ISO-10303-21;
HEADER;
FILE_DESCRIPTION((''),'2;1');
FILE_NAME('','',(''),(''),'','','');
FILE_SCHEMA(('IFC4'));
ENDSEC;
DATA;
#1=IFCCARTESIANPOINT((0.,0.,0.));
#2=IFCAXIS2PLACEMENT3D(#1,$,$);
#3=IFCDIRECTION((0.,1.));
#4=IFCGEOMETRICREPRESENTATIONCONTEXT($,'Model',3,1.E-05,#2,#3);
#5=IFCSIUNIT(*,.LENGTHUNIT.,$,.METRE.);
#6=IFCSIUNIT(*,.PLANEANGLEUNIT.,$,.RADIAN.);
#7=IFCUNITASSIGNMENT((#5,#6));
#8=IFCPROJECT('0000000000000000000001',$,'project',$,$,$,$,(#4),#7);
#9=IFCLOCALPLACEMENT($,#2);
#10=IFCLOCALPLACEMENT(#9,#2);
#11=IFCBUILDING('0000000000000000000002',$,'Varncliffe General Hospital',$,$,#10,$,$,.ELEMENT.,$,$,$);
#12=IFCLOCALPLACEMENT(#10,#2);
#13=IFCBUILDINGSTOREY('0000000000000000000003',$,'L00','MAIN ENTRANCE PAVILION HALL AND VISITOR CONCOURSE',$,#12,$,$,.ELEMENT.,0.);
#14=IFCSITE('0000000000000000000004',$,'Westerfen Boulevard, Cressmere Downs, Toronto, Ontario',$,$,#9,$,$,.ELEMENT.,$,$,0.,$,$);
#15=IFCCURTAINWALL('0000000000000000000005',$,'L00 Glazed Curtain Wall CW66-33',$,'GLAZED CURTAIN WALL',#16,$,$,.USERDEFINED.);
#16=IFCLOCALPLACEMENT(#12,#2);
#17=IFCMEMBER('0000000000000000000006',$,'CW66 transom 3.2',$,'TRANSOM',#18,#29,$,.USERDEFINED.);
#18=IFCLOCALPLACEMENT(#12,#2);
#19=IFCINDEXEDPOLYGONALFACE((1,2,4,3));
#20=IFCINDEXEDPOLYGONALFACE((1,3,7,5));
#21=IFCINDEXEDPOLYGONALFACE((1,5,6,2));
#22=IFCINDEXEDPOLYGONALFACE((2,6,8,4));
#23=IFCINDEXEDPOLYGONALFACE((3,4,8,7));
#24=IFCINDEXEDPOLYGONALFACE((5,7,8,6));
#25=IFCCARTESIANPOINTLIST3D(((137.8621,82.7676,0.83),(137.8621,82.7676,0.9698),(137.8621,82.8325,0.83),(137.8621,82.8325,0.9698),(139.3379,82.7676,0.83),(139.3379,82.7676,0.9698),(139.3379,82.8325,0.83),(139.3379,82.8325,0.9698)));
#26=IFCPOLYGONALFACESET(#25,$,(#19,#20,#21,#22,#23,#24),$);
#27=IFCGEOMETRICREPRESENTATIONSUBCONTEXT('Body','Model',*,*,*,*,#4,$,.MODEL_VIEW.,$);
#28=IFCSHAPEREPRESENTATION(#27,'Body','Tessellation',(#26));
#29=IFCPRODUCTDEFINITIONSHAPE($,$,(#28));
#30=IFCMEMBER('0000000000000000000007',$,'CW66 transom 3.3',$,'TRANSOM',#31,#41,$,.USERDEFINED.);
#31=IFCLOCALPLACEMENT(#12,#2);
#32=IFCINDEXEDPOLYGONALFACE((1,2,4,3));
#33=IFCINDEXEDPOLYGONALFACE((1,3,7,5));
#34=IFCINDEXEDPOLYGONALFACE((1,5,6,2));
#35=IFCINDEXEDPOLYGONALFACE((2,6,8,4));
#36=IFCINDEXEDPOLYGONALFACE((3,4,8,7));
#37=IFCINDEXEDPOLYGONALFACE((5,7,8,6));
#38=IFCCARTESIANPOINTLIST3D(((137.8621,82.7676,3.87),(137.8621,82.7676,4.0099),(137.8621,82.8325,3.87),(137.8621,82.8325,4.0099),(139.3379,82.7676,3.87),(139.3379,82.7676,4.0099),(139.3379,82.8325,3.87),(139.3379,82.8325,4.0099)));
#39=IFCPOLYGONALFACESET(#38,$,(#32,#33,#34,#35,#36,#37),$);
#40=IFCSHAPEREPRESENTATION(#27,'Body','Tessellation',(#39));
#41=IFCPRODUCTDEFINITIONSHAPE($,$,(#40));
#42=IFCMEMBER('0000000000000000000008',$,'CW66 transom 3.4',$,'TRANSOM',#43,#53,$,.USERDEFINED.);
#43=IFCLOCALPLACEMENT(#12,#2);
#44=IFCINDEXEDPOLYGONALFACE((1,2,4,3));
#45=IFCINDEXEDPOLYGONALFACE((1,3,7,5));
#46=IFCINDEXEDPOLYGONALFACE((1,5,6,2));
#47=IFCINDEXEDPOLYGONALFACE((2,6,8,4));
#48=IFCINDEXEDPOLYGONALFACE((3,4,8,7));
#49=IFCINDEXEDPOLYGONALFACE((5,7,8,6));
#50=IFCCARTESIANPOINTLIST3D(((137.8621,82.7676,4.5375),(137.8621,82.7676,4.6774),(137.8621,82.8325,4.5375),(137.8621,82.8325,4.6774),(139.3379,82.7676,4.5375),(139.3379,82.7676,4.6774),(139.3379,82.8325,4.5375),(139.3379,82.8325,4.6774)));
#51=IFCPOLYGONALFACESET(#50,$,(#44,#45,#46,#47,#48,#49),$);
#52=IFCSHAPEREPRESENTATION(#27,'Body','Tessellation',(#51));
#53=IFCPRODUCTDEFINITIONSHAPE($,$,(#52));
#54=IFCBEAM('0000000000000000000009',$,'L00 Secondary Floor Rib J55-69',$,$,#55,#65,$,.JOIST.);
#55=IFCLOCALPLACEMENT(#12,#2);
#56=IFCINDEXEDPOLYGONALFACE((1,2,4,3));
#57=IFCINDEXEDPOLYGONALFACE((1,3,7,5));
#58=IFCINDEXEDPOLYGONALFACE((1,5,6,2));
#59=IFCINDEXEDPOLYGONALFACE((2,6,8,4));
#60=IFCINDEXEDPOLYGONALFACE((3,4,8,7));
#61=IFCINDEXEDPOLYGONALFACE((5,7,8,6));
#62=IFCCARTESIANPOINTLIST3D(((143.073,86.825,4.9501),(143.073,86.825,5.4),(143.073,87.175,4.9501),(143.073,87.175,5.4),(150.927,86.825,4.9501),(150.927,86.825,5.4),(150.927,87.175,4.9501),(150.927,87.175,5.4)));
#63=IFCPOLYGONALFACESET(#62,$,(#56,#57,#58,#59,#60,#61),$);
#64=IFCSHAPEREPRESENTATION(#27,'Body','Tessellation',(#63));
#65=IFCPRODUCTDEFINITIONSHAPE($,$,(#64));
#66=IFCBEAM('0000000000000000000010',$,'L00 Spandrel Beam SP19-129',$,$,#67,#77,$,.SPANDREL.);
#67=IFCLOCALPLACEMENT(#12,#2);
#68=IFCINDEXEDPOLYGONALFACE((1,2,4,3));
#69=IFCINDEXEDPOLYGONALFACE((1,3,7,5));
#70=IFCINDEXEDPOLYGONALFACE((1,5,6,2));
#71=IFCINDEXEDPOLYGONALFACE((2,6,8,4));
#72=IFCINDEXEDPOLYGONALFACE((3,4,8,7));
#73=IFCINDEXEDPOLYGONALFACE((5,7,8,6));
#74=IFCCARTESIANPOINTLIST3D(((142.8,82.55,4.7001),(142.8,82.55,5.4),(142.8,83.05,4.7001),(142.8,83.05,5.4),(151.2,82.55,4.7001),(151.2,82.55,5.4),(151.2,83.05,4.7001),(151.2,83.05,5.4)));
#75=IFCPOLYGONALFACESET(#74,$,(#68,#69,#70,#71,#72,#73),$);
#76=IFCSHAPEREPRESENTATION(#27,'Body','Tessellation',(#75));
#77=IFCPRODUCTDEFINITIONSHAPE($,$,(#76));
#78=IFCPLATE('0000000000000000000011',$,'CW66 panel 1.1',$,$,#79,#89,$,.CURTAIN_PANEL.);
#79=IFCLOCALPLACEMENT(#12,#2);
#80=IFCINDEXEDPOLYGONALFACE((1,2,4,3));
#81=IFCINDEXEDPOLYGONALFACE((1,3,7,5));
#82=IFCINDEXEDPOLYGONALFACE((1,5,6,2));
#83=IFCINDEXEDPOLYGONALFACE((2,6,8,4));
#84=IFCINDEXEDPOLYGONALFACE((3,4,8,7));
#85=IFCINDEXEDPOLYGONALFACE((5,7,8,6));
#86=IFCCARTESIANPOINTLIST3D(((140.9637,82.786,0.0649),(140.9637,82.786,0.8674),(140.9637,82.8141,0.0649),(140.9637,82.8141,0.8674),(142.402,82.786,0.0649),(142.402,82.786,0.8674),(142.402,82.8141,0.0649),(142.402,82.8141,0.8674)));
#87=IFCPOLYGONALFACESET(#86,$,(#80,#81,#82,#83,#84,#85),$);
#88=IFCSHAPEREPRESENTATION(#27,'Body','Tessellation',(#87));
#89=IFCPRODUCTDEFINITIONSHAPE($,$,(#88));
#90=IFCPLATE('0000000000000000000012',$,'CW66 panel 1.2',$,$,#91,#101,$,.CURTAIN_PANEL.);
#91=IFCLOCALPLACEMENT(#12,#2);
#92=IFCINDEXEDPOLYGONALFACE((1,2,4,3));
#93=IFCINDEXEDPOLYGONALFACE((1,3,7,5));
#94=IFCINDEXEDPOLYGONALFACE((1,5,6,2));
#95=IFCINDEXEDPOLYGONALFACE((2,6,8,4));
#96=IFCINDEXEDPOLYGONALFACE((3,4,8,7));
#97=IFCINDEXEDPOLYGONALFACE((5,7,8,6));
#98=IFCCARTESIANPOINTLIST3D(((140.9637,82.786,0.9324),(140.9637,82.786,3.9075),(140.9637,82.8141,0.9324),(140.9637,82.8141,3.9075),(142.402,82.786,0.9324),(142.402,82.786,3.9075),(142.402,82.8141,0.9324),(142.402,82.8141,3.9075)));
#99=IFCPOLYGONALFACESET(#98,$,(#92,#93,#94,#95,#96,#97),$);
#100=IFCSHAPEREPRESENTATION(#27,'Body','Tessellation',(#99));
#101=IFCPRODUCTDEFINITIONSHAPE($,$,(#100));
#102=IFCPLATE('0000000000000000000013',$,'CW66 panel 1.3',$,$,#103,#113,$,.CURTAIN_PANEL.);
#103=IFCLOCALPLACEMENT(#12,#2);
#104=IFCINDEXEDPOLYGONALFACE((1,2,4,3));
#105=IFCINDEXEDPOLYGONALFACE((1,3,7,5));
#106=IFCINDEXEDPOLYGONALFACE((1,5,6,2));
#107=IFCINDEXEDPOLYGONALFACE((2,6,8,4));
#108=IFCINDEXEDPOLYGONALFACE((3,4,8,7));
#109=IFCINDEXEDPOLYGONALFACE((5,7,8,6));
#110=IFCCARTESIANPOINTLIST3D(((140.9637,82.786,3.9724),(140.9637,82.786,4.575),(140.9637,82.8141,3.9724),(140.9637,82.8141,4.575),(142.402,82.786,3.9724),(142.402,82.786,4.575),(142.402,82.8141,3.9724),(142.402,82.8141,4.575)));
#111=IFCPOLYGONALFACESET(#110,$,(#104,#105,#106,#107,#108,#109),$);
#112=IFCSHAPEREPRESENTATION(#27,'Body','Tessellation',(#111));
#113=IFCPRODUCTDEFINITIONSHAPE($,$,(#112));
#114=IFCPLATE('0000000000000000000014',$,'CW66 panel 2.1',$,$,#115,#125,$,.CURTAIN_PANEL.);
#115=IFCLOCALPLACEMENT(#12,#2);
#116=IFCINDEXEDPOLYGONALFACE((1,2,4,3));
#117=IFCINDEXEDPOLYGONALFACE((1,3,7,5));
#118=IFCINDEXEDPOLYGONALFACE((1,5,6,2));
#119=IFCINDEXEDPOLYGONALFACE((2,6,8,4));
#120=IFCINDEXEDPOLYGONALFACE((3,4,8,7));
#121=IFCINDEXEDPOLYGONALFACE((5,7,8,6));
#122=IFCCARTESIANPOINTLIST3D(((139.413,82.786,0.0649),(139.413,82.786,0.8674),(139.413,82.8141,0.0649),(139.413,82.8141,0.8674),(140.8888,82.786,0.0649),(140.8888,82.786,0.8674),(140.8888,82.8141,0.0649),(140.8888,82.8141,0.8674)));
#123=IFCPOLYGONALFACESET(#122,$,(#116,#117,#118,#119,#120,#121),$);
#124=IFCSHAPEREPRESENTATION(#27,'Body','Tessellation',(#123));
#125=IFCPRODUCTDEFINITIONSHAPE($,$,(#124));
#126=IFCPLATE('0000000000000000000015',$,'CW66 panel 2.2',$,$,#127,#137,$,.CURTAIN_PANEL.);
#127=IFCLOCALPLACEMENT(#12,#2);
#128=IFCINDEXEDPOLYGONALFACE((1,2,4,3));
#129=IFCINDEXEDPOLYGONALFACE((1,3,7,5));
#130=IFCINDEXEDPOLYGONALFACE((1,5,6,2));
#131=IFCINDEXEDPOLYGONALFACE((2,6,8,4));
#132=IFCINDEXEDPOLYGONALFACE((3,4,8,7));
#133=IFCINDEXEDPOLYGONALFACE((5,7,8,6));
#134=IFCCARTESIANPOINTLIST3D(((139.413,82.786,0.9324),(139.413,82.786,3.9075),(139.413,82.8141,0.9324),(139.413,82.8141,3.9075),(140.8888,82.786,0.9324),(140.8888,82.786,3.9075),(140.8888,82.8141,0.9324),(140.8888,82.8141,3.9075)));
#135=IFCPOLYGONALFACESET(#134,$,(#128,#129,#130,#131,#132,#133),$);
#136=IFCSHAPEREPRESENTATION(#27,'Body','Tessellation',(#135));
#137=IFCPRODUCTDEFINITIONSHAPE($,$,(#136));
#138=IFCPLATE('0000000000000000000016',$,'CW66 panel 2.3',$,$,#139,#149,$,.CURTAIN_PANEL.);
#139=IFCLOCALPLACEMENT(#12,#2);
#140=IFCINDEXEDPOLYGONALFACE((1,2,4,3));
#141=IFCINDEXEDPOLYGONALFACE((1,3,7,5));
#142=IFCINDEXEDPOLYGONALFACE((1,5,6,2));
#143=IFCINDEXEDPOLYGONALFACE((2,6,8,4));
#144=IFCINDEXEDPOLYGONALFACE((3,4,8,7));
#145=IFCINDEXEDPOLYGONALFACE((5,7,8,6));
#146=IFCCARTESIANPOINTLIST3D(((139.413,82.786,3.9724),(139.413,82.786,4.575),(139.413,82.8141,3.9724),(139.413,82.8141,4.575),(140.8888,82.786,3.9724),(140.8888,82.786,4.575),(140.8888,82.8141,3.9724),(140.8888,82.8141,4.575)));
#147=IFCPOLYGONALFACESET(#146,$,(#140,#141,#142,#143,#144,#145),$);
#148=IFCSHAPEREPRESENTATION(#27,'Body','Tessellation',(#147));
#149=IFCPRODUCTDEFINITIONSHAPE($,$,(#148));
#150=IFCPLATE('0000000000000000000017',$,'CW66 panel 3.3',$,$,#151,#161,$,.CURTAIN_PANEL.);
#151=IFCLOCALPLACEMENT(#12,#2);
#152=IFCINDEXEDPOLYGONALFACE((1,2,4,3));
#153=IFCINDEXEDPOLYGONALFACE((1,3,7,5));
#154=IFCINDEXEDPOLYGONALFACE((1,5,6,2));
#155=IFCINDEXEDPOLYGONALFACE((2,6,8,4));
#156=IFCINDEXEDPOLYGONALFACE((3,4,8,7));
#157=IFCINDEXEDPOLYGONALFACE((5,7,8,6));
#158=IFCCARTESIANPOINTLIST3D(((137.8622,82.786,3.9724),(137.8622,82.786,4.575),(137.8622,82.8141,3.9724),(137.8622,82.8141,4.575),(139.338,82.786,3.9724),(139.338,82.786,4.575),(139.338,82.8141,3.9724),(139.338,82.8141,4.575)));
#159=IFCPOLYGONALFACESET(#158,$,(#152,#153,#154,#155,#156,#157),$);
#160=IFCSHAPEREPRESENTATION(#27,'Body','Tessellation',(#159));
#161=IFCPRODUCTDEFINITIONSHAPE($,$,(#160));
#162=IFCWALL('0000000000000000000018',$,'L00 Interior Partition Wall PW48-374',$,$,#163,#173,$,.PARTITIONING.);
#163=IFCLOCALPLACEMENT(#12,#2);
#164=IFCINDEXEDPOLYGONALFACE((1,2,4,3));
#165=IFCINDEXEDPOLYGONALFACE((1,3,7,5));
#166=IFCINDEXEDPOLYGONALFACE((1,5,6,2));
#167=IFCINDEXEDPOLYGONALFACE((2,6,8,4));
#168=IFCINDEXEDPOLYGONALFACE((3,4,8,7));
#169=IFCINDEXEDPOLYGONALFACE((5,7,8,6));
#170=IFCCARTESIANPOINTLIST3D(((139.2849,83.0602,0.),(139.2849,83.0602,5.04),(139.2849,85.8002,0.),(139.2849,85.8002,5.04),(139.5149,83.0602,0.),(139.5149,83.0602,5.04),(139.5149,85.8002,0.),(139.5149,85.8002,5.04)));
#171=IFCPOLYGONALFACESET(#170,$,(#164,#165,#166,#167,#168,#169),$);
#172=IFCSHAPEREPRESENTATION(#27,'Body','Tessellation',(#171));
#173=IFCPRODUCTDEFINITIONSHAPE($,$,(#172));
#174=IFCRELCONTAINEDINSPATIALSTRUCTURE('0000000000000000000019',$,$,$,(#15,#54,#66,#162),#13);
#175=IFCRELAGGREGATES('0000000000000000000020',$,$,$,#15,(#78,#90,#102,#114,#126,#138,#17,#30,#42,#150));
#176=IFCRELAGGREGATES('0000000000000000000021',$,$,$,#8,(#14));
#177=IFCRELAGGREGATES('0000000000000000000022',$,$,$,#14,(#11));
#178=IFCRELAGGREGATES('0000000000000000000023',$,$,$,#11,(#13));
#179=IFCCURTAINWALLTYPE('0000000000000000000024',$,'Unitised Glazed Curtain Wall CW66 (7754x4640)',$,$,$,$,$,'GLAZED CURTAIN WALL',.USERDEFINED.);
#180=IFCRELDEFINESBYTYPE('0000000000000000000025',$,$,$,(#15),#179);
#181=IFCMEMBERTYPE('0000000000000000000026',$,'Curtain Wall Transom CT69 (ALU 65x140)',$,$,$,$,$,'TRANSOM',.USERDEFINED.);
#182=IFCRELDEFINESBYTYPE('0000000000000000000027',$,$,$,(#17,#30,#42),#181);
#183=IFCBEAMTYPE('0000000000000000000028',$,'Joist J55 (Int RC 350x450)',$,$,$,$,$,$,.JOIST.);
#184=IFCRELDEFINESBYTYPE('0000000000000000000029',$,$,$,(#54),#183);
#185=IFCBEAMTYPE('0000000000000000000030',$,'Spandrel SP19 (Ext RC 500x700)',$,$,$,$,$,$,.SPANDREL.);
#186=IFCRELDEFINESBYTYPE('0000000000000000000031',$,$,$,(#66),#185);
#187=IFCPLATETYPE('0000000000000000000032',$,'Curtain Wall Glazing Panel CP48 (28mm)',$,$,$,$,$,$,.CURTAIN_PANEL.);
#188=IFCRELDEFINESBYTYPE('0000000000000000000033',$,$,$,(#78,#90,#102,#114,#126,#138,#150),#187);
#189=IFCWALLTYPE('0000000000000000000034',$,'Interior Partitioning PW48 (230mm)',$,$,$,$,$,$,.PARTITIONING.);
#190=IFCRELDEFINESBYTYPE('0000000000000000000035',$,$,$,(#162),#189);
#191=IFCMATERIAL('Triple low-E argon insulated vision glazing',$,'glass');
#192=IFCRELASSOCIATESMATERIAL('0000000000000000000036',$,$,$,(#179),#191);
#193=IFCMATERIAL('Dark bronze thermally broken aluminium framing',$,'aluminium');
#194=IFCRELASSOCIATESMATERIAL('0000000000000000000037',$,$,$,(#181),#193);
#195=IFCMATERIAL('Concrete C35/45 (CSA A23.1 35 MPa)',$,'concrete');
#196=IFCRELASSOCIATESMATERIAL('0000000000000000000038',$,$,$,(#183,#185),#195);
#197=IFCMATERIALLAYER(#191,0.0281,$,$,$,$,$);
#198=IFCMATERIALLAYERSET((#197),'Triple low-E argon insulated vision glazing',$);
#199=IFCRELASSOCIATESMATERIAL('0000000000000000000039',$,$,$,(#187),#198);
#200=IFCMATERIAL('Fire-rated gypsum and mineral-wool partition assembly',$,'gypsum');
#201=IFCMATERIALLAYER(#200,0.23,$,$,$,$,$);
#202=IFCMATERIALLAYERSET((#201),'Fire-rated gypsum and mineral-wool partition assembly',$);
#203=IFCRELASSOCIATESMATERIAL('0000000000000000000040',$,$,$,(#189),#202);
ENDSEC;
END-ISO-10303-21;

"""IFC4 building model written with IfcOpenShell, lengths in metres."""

from ifc_helpers import new_model, si_unit, direction, frame, frame_2d, origin, origin_2d, place, context, subcontext, project, spatial, rectangle, extrude, material, layer, layer_set, material_profile, profile_set, type_object, element, aggregate, save


model = new_model("IFC4")

# Units and contexts
model_context = context("Model", 3, precision=1e-05, world=origin(), true_north=direction((0.0, 1.0)))
body_context = subcontext(model_context, "Body", "Model", "MODEL_VIEW")
ifc_project = project(units=[si_unit("LENGTHUNIT", "METRE"), si_unit("PLANEANGLEUNIT", "RADIAN")], contexts=[model_context])

# Site, building, storey
site_placement = place(None, origin())
site = spatial("IfcSite", under=ifc_project, at=site_placement, Name="Westerfen Boulevard, Cressmere Downs, Toronto, Ontario", CompositionType="ELEMENT", RefElevation=0.0)
building_placement = place(site_placement, origin())
building = spatial("IfcBuilding", under=site, at=building_placement, Name="Varncliffe General Hospital", CompositionType="ELEMENT")
storey_placement = place(building_placement, origin())
storey = spatial("IfcBuildingStorey", under=building, at=storey_placement, Name="L00", Description="MAIN ENTRANCE PAVILION HALL AND VISITOR CONCOURSE", CompositionType="ELEMENT", Elevation=0.0)

# Shared definitions
ifc_material_1 = material(Name="Concrete C35/45 (CSA A23.1 35 MPa)", Category="concrete")

# Curtain wall, members
ifc_material_2 = material(Name="Triple low-E argon insulated vision glazing", Category="glass")
curtain_wall_type = type_object("IfcCurtainWallType", Name="Unitised Glazed Curtain Wall CW66 (7754x4640)", ElementType="GLAZED CURTAIN WALL", PredefinedType="USERDEFINED", material=ifc_material_2)
curtain_wall_placement = place(storey_placement, origin())
curtain_wall = element("IfcCurtainWall", 1, at=curtain_wall_placement, inside=storey, type_object=curtain_wall_type, Name="L00 Glazed Curtain Wall CW66-33", ObjectType="GLAZED CURTAIN WALL", PredefinedType="USERDEFINED")
ifc_material_3 = material(Name="Dark bronze thermally broken aluminium framing", Category="aluminium")
ifc_material_profile_1 = material_profile(ifc_material_3, rectangle(XDim=0.0649, YDim=0.1399, at=origin_2d()), Name="ALU 65x140")
ifc_profile_set_1 = profile_set([ifc_material_profile_1], Name="Dark bronze thermally broken aluminium framing")
member_type_1 = type_object("IfcMemberType", Name="Curtain Wall Transom CT69 (ALU 65x140)", ElementType="TRANSOM", PredefinedType="USERDEFINED", material=ifc_profile_set_1)
member_1_placement = place(storey_placement, frame((139.3379, 82.8, 0.8999), z_axis=(-1.0, 0.0, 0.0), x_axis=(0.0, -1.0, 0.0)))
member_1 = element("IfcMember", 2, at=member_1_placement, type_object=member_type_1, Name="CW66 transom 3.2", ObjectType="TRANSOM", PredefinedType="USERDEFINED", context=body_context, shape_type="SweptSolid", body=[
    extrude(rectangle(XDim=0.0649, YDim=0.1399, at=origin_2d()), origin(), (0.0, 0.0, 1.0), 1.4758),
])
member_2_placement = place(storey_placement, frame((139.3379, 82.8, 3.9399), z_axis=(-1.0, 0.0, 0.0), x_axis=(0.0, -1.0, 0.0)))
member_2 = element("IfcMember", 3, at=member_2_placement, type_object=member_type_1, Name="CW66 transom 3.3", ObjectType="TRANSOM", PredefinedType="USERDEFINED", context=body_context, shape_type="SweptSolid", body=[
    extrude(rectangle(XDim=0.0649, YDim=0.1399, at=origin_2d()), origin(), (0.0, 0.0, 1.0), 1.4758),
])
member_3_placement = place(storey_placement, frame((139.3379, 82.8, 4.6074), z_axis=(-1.0, 0.0, 0.0), x_axis=(0.0, -1.0, 0.0)))
member_3 = element("IfcMember", 4, at=member_3_placement, type_object=member_type_1, Name="CW66 transom 3.4", ObjectType="TRANSOM", PredefinedType="USERDEFINED", context=body_context, shape_type="SweptSolid", body=[
    extrude(rectangle(XDim=0.0649, YDim=0.1399, at=origin_2d()), origin(), (0.0, 0.0, 1.0), 1.4758),
])

# Beams
ifc_material_profile_2 = material_profile(ifc_material_1, rectangle(XDim=0.3501, YDim=0.45, at=origin_2d()), Name="RC 350x450")
ifc_profile_set_2 = profile_set([ifc_material_profile_2], Name="Concrete C35/45 (CSA A23.1 35 MPa)")
beam_type_1 = type_object("IfcBeamType", Name="Joist J55 (Int RC 350x450)", PredefinedType="JOIST", material=ifc_profile_set_2)
beam_1_placement = place(storey_placement, frame((143.073, 87.0, 5.175), z_axis=(1.0, 0.0, 0.0), x_axis=(0.0, 1.0, 0.0)))
element("IfcBeam", 5, at=beam_1_placement, inside=storey, type_object=beam_type_1, Name="L00 Secondary Floor Rib J55-69", PredefinedType="JOIST", context=body_context, shape_type="SweptSolid", body=[
    extrude(rectangle(XDim=0.3501, YDim=0.45, at=origin_2d()), origin(), (0.0, 0.0, 1.0), 7.854),
])
ifc_material_profile_3 = material_profile(ifc_material_1, rectangle(XDim=0.5, YDim=0.7, at=origin_2d()), Name="RC 500x700")
ifc_profile_set_3 = profile_set([ifc_material_profile_3], Name="Concrete C35/45 (CSA A23.1 35 MPa)")
beam_type_2 = type_object("IfcBeamType", Name="Spandrel SP19 (Ext RC 500x700)", PredefinedType="SPANDREL", material=ifc_profile_set_3)
beam_2_placement = place(storey_placement, frame((142.8, 82.8, 5.05), z_axis=(1.0, 0.0, 0.0), x_axis=(0.0, 1.0, 0.0)))
element("IfcBeam", 6, at=beam_2_placement, inside=storey, type_object=beam_type_2, Name="L00 Spandrel Beam SP19-129", PredefinedType="SPANDREL", context=body_context, shape_type="SweptSolid", body=[
    extrude(rectangle(XDim=0.5, YDim=0.7, at=origin_2d()), origin(), (0.0, 0.0, 1.0), 8.3999),
])

# Plates
ifc_layer_1 = layer(ifc_material_2, 0.0281)
ifc_layer_set_1 = layer_set([ifc_layer_1], Name="Triple low-E argon insulated vision glazing")
plate_type = type_object("IfcPlateType", Name="Curtain Wall Glazing Panel CP48 (28mm)", PredefinedType="CURTAIN_PANEL", material=ifc_layer_set_1)
plate_1_placement = place(storey_placement, frame((141.6829, 82.8, 0.0649), z_axis=(0.0, 0.0, 1.0), x_axis=(-1.0, 0.0, 0.0)))
plate_1 = element("IfcPlate", 7, at=plate_1_placement, type_object=plate_type, Name="CW66 panel 1.1", PredefinedType="CURTAIN_PANEL", context=body_context, shape_type="SweptSolid", body=[
    extrude(rectangle(XDim=1.4382, YDim=0.0281, at=origin_2d()), origin(), (0.0, 0.0, 1.0), 0.8025),
])
plate_2_placement = place(storey_placement, frame((141.6829, 82.8, 0.9324), z_axis=(0.0, 0.0, 1.0), x_axis=(-1.0, 0.0, 0.0)))
plate_2 = element("IfcPlate", 8, at=plate_2_placement, type_object=plate_type, Name="CW66 panel 1.2", PredefinedType="CURTAIN_PANEL", context=body_context, shape_type="SweptSolid", body=[
    extrude(rectangle(XDim=1.4382, YDim=0.0281, at=origin_2d()), origin(), (0.0, 0.0, 1.0), 2.9751),
])
plate_3_placement = place(storey_placement, frame((141.6829, 82.8, 3.9724), z_axis=(0.0, 0.0, 1.0), x_axis=(-1.0, 0.0, 0.0)))
plate_3 = element("IfcPlate", 9, at=plate_3_placement, type_object=plate_type, Name="CW66 panel 1.3", PredefinedType="CURTAIN_PANEL", context=body_context, shape_type="SweptSolid", body=[
    extrude(rectangle(XDim=1.4382, YDim=0.0281, at=origin_2d()), origin(), (0.0, 0.0, 1.0), 0.6025),
])
plate_4_placement = place(storey_placement, frame((140.1509, 82.8, 0.0649), z_axis=(0.0, 0.0, 1.0), x_axis=(-1.0, 0.0, 0.0)))
plate_4 = element("IfcPlate", 10, at=plate_4_placement, type_object=plate_type, Name="CW66 panel 2.1", PredefinedType="CURTAIN_PANEL", context=body_context, shape_type="SweptSolid", body=[
    extrude(rectangle(XDim=1.4758, YDim=0.0281, at=origin_2d()), origin(), (0.0, 0.0, 1.0), 0.8025),
])
plate_5_placement = place(storey_placement, frame((140.1509, 82.8, 0.9324), z_axis=(0.0, 0.0, 1.0), x_axis=(-1.0, 0.0, 0.0)))
plate_5 = element("IfcPlate", 11, at=plate_5_placement, type_object=plate_type, Name="CW66 panel 2.2", PredefinedType="CURTAIN_PANEL", context=body_context, shape_type="SweptSolid", body=[
    extrude(rectangle(XDim=1.4758, YDim=0.0281, at=origin_2d()), origin(), (0.0, 0.0, 1.0), 2.9751),
])
plate_6_placement = place(storey_placement, frame((140.1509, 82.8, 3.9724), z_axis=(0.0, 0.0, 1.0), x_axis=(-1.0, 0.0, 0.0)))
plate_6 = element("IfcPlate", 12, at=plate_6_placement, type_object=plate_type, Name="CW66 panel 2.3", PredefinedType="CURTAIN_PANEL", context=body_context, shape_type="SweptSolid", body=[
    extrude(rectangle(XDim=1.4758, YDim=0.0281, at=origin_2d()), origin(), (0.0, 0.0, 1.0), 0.6025),
])
plate_7_placement = place(storey_placement, frame((138.6001, 82.8, 3.9724), z_axis=(0.0, 0.0, 1.0), x_axis=(-1.0, 0.0, 0.0)))
plate_7 = element("IfcPlate", 13, at=plate_7_placement, type_object=plate_type, Name="CW66 panel 3.3", PredefinedType="CURTAIN_PANEL", context=body_context, shape_type="SweptSolid", body=[
    extrude(rectangle(XDim=1.4758, YDim=0.0281, at=origin_2d()), origin(), (0.0, 0.0, 1.0), 0.6025),
])
aggregate(curtain_wall, [plate_1, plate_2, plate_3, plate_4, plate_5, plate_6, member_1, member_2, member_3, plate_7])

# Wall
ifc_material_4 = material(Name="Fire-rated gypsum and mineral-wool partition assembly", Category="gypsum")
ifc_layer_2 = layer(ifc_material_4, 0.23)
ifc_layer_set_2 = layer_set([ifc_layer_2], Name="Fire-rated gypsum and mineral-wool partition assembly")
wall_type_1 = type_object("IfcWallType", Name="Interior Partitioning PW48 (230mm)", PredefinedType="PARTITIONING", material=ifc_layer_set_2)
wall_1_placement = place(storey_placement, frame((139.3999, 83.0601, 0.0), z_axis=(0.0, 0.0, 1.0), x_axis=(0.0, 1.0, 0.0)))
element("IfcWall", 14, at=wall_1_placement, inside=storey, type_object=wall_type_1, Name="L00 Interior Partition Wall PW48-374", PredefinedType="PARTITIONING", context=body_context, shape_type="SweptSolid", body=[
    extrude(rectangle(XDim=2.74, YDim=0.23, at=frame_2d((1.3701, 0.0))), origin(), (0.0, 0.0, 1.0), 5.04),
])

save(model, "model.ifc")
